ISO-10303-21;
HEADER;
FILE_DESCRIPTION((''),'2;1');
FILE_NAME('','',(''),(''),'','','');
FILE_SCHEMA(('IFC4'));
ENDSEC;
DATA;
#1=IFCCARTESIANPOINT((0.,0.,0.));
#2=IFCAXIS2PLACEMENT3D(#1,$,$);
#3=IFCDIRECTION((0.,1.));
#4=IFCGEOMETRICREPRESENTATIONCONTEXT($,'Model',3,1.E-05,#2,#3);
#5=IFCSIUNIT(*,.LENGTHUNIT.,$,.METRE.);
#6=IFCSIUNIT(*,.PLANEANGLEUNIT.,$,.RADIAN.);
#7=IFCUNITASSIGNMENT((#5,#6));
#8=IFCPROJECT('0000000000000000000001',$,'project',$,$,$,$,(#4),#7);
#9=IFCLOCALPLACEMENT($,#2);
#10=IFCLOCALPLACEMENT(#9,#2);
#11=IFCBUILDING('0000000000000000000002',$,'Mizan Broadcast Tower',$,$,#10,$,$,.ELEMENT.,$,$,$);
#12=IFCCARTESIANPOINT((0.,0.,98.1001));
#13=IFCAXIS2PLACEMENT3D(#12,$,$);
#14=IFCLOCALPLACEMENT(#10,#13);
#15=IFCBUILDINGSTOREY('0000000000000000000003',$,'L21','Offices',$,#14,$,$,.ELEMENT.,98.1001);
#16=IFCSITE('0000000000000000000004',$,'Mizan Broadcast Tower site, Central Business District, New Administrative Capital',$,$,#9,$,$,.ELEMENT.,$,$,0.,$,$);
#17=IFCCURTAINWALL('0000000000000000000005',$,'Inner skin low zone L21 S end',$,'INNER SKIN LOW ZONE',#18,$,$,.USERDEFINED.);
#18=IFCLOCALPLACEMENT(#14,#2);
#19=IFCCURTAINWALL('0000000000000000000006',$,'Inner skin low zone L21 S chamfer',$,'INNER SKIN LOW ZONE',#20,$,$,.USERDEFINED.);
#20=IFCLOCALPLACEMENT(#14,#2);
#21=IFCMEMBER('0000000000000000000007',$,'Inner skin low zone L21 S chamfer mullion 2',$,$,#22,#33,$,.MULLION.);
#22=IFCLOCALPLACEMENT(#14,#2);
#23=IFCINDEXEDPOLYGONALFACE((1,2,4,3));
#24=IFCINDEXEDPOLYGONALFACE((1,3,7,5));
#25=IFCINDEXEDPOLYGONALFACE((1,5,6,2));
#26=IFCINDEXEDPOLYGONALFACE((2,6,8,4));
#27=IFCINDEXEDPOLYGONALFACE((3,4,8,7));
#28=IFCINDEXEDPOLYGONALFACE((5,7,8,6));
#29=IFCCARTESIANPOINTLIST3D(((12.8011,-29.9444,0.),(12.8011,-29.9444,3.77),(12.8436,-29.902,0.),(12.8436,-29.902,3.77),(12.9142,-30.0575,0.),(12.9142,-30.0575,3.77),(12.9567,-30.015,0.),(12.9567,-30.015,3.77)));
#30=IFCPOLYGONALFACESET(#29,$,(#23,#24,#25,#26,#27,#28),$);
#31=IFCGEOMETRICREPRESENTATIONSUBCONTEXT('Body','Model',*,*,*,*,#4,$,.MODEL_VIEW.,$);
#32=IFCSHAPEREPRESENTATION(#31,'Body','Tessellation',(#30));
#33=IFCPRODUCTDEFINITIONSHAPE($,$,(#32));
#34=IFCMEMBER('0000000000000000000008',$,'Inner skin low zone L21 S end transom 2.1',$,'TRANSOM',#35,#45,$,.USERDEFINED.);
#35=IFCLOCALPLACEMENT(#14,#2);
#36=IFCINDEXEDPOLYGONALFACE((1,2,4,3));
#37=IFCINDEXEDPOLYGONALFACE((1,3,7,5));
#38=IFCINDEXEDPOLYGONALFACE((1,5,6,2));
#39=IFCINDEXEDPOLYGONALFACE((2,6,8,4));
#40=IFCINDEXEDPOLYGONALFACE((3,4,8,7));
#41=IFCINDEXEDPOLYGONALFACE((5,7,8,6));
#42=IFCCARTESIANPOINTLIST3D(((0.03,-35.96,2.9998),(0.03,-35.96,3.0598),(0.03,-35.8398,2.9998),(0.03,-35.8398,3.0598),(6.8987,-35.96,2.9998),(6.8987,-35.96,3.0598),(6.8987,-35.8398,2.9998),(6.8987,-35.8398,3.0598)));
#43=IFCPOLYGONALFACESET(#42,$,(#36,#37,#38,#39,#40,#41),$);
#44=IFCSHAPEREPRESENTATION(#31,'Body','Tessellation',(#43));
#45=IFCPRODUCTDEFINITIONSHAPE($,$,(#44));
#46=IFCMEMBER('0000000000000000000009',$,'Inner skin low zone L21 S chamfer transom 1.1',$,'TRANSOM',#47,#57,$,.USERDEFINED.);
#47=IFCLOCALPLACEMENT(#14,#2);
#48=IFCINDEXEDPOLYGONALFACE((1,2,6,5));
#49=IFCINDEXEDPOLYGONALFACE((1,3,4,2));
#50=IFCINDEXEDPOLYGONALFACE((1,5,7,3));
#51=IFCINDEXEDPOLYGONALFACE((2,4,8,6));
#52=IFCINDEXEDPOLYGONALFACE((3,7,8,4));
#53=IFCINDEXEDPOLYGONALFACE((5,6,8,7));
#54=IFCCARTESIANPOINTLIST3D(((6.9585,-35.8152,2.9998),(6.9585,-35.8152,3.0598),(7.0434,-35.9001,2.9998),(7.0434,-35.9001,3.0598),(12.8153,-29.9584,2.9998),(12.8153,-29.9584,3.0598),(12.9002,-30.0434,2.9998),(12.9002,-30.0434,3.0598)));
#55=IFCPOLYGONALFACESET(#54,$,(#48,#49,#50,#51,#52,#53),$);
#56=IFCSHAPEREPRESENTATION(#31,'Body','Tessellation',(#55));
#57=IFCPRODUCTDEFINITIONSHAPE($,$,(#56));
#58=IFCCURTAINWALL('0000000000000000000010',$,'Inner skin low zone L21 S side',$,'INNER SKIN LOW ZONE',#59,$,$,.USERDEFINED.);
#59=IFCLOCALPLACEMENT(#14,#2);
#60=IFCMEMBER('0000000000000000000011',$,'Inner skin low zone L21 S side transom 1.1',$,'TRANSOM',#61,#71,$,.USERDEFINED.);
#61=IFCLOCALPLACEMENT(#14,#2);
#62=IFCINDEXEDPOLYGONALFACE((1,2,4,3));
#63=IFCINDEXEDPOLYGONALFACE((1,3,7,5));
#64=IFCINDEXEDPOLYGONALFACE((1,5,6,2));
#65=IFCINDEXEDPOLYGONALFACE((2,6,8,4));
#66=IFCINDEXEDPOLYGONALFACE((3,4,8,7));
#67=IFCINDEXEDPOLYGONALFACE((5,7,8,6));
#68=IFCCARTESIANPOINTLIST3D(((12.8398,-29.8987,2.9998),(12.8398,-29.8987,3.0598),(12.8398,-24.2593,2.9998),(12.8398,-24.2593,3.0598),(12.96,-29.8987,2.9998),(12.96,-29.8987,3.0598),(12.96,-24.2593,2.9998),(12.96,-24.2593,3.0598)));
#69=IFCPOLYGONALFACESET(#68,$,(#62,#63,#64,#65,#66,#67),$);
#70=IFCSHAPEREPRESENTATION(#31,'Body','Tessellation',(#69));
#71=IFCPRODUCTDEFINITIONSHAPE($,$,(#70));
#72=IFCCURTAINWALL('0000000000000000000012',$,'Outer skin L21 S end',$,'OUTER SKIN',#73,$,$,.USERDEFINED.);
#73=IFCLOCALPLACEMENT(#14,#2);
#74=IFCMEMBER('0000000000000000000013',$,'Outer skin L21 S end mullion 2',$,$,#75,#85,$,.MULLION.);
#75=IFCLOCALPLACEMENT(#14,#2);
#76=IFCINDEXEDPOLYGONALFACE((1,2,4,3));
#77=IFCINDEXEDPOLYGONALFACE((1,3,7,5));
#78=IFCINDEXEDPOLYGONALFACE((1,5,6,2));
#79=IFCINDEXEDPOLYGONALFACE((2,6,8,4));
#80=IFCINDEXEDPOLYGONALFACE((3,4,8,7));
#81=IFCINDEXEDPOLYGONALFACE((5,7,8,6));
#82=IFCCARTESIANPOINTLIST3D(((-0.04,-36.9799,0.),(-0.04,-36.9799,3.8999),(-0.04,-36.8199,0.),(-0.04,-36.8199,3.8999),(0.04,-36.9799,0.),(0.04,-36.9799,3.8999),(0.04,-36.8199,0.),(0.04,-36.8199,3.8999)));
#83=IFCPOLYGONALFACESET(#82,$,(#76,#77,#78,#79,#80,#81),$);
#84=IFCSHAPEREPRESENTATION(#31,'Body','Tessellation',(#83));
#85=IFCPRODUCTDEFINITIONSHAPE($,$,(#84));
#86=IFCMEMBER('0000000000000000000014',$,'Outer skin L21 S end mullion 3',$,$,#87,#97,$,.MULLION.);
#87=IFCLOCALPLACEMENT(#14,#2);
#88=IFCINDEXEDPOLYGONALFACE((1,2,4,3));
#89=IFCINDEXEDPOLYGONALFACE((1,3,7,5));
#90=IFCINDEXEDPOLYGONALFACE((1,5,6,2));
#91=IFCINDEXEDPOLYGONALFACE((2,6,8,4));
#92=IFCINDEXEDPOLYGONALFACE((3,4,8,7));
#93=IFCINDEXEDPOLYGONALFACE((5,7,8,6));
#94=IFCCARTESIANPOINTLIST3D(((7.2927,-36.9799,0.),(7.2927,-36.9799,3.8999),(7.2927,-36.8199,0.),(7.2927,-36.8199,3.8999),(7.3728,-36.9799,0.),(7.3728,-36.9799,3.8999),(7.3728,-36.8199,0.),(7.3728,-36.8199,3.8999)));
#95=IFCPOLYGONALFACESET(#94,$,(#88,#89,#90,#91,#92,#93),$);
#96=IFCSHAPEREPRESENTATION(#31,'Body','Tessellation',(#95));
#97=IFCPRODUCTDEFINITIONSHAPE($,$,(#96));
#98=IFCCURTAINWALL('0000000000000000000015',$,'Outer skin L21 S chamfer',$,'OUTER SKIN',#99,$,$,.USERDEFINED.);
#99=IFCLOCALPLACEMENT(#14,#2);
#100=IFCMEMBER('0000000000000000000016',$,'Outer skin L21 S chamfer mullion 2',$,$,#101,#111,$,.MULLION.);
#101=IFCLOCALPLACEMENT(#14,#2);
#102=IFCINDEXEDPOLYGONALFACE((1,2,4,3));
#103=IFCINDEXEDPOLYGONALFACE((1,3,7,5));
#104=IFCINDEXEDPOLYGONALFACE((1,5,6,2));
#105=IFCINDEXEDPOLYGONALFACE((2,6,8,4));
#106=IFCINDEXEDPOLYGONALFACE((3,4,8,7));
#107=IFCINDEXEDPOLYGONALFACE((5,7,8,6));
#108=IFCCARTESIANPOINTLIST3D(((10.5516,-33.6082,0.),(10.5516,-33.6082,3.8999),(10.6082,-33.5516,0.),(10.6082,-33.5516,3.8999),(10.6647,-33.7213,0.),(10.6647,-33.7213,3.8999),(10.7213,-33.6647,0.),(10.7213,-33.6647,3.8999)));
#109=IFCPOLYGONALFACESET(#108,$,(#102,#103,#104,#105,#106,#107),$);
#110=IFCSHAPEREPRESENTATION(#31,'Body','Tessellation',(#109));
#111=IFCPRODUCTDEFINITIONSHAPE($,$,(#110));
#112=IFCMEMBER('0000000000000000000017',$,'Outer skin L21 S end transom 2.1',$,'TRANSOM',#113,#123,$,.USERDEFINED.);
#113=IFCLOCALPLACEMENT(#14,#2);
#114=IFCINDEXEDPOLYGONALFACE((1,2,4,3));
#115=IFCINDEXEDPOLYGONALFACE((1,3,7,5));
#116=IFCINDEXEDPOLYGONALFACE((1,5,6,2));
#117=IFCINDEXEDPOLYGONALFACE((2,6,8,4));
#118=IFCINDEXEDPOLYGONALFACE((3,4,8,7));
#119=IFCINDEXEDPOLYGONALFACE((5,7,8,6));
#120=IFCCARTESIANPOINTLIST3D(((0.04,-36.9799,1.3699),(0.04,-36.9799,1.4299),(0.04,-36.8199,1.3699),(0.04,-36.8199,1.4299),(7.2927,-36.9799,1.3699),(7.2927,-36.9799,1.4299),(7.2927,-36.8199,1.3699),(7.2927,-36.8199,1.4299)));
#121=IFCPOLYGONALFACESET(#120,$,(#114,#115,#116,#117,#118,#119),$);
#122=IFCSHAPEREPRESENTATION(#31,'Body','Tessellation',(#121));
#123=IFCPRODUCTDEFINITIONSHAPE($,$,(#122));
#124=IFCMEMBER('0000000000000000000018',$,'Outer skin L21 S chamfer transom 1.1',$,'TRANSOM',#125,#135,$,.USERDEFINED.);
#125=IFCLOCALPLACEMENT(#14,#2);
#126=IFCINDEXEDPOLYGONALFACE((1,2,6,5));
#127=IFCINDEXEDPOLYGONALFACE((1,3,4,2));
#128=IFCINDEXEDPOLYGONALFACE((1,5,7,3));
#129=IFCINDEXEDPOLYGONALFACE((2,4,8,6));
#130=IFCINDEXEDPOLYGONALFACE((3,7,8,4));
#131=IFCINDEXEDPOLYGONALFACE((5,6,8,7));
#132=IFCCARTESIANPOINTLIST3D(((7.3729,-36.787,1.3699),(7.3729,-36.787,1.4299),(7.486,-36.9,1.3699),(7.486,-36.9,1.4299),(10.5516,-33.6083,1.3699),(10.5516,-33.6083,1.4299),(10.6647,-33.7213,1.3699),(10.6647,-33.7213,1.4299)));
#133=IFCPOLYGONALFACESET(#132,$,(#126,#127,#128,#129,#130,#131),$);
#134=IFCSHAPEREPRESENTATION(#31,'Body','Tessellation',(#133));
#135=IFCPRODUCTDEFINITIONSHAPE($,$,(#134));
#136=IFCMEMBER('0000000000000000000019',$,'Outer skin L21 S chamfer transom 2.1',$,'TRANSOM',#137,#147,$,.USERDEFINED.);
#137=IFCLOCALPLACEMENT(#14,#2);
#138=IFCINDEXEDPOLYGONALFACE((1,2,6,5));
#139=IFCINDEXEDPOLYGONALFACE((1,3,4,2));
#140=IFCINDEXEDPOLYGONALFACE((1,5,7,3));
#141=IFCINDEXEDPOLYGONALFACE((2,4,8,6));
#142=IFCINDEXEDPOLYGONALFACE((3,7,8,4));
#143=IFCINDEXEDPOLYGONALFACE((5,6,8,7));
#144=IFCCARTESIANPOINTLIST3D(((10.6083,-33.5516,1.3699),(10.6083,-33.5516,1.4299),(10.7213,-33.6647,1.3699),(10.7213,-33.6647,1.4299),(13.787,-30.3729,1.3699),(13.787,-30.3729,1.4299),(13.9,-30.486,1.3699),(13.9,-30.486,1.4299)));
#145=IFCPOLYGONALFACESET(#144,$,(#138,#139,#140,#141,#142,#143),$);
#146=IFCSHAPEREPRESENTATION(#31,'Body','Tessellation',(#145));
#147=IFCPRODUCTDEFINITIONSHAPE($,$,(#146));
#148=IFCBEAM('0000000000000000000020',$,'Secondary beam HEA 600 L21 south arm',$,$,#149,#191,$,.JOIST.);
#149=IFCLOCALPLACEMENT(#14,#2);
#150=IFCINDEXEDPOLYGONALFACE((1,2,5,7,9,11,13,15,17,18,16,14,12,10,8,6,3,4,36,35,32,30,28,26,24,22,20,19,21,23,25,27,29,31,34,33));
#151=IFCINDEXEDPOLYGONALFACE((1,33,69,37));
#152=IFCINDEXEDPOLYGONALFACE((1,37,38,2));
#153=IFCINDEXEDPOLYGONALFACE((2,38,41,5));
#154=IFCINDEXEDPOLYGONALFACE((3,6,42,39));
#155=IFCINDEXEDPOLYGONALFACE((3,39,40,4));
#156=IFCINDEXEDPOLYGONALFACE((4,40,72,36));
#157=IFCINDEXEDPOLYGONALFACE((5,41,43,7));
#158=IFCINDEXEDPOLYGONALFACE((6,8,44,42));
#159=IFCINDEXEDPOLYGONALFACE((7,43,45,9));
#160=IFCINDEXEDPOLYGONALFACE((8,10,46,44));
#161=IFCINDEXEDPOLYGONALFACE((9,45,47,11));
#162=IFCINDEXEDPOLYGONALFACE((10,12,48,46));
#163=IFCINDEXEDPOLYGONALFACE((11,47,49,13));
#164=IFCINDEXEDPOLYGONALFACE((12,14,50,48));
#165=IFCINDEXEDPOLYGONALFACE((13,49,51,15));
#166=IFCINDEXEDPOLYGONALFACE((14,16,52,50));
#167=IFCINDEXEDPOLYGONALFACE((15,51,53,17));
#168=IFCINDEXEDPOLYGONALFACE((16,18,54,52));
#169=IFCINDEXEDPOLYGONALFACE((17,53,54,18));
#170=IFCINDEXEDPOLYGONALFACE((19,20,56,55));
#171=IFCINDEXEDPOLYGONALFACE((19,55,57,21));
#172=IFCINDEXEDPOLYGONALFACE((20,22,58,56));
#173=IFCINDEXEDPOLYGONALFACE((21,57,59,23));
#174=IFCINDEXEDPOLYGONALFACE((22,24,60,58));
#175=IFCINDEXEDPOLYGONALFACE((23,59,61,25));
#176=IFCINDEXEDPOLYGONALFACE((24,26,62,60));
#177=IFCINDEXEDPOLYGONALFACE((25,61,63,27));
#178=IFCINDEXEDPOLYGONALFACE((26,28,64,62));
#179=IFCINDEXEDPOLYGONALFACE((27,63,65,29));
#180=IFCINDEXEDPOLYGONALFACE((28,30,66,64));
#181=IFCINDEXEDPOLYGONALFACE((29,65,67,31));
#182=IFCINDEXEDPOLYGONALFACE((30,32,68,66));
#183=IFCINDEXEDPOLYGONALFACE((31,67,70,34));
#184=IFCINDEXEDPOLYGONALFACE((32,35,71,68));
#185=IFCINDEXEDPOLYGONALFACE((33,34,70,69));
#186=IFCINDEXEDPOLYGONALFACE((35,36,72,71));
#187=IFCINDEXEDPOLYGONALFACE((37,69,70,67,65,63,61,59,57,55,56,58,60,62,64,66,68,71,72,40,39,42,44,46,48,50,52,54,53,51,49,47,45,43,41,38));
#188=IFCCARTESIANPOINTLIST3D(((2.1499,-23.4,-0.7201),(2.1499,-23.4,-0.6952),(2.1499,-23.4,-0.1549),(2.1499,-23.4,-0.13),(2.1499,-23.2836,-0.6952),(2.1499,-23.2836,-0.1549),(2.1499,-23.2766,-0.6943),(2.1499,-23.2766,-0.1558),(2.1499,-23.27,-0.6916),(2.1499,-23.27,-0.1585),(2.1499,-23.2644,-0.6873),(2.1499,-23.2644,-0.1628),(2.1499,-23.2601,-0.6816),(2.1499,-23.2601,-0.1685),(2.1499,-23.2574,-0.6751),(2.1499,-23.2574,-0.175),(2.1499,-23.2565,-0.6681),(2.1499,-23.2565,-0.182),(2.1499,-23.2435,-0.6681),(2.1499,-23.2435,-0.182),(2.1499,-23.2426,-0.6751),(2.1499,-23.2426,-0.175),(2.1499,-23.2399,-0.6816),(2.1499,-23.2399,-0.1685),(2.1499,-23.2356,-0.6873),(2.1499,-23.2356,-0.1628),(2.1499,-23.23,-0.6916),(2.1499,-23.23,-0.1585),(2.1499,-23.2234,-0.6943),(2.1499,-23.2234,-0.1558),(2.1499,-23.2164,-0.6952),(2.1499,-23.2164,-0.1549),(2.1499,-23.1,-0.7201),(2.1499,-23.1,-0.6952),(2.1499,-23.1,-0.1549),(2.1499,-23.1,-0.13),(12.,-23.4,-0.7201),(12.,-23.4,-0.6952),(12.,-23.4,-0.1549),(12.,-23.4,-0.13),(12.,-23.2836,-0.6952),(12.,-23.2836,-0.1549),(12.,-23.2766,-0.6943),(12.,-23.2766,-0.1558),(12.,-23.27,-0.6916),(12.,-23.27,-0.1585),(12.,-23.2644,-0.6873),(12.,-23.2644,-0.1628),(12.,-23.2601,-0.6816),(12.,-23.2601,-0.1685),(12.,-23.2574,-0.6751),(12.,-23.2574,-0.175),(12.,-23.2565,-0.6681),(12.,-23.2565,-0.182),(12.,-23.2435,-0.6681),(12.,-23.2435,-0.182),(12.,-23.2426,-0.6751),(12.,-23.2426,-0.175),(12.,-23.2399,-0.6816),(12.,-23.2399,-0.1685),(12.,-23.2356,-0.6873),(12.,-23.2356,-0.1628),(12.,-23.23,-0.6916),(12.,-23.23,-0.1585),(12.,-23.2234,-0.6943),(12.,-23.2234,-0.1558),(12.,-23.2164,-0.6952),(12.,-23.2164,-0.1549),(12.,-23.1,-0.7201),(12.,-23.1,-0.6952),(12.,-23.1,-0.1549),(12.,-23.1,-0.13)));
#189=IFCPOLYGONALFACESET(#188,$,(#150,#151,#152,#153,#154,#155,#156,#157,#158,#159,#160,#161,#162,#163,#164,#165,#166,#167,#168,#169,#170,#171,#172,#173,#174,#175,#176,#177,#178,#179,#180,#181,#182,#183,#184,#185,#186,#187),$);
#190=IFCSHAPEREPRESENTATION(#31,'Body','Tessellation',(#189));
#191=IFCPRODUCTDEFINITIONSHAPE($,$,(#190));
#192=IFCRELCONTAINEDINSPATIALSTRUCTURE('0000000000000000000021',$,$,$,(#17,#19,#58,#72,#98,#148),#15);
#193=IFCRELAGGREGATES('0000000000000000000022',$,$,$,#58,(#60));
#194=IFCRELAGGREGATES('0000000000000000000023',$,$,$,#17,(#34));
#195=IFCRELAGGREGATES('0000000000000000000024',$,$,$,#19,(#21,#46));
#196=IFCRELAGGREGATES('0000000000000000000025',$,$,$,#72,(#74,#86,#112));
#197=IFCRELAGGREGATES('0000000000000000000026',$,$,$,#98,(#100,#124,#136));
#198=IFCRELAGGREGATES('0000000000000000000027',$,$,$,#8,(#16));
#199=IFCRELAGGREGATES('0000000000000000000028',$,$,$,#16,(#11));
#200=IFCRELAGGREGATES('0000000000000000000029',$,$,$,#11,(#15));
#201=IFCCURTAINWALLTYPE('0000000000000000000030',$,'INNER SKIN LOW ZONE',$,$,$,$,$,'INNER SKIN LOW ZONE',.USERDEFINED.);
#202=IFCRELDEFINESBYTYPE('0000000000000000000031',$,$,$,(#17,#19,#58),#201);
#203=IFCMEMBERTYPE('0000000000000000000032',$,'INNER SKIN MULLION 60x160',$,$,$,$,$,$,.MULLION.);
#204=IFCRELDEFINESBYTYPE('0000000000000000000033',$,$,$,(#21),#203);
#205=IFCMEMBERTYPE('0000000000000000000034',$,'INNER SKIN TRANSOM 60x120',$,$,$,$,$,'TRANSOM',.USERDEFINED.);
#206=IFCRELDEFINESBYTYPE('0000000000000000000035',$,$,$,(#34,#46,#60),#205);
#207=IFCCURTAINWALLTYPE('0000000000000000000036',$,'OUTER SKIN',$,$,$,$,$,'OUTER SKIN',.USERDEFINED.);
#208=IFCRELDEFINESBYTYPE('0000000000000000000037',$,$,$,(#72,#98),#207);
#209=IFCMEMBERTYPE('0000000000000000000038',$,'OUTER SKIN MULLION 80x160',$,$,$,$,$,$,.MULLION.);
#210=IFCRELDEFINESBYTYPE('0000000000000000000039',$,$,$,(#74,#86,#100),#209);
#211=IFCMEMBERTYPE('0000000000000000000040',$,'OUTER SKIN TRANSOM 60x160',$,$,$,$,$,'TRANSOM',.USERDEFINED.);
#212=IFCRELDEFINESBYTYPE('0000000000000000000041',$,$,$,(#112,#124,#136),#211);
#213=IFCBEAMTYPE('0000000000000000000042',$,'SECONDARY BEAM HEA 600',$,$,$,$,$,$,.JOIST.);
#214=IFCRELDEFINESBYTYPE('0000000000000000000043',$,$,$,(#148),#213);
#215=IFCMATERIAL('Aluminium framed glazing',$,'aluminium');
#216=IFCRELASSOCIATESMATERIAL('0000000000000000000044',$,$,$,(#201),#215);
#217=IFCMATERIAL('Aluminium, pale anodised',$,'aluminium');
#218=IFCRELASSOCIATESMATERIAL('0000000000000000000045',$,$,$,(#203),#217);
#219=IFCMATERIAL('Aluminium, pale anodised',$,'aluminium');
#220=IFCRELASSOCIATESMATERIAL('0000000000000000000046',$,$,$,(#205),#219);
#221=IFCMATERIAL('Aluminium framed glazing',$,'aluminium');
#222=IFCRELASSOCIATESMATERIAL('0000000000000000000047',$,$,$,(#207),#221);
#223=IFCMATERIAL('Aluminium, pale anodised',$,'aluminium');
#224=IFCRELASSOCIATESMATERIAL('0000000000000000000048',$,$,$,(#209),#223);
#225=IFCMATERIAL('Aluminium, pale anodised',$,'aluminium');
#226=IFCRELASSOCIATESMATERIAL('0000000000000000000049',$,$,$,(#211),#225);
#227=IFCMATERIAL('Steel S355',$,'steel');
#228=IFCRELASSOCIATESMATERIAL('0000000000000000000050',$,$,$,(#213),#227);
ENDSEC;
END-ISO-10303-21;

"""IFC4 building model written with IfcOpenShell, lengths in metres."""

from ifc_helpers import new_model, si_unit, direction, frame, origin, origin_2d, place, context, subcontext, project, spatial, rectangle, i_section, extrude, material, material_profile, profile_set, type_object, element, aggregate, save


model = new_model("IFC4")

# Units and contexts
model_context = context("Model", 3, precision=1e-05, world=origin(), true_north=direction((0.0, 1.0)))
body_context = subcontext(model_context, "Body", "Model", "MODEL_VIEW")
ifc_project = project(units=[si_unit("LENGTHUNIT", "METRE"), si_unit("PLANEANGLEUNIT", "RADIAN")], contexts=[model_context])

# Site, building, storey
site_placement = place(None, origin())
site = spatial("IfcSite", under=ifc_project, at=site_placement, Name="Mizan Broadcast Tower site, Central Business District, New Administrative Capital", CompositionType="ELEMENT", RefElevation=0.0)
building_placement = place(site_placement, origin())
building = spatial("IfcBuilding", under=site, at=building_placement, Name="Mizan Broadcast Tower", CompositionType="ELEMENT")
storey_placement = place(building_placement, frame((0.0, 0.0, 98.1001)))
storey = spatial("IfcBuildingStorey", under=building, at=storey_placement, Name="L21", Description="Offices", CompositionType="ELEMENT", Elevation=98.1001)

# Curtain wall
ifc_material_1 = material(Name="Aluminium framed glazing", Category="aluminium")
curtain_wall_type_1 = type_object("IfcCurtainWallType", Name="INNER SKIN LOW ZONE", ElementType="INNER SKIN LOW ZONE", PredefinedType="USERDEFINED", material=ifc_material_1)
curtain_wall_1_placement = place(storey_placement, origin())
curtain_wall_1 = element("IfcCurtainWall", 1, at=curtain_wall_1_placement, inside=storey, type_object=curtain_wall_type_1, Name="Inner skin low zone L21 S end", ObjectType="INNER SKIN LOW ZONE", PredefinedType="USERDEFINED")
ifc_material_2 = material(Name="Aluminium, pale anodised", Category="aluminium")
ifc_material_profile_1 = material_profile(ifc_material_2, rectangle(XDim=0.1599, YDim=0.0601, at=origin_2d()), Name="MULLION 160x60")
ifc_profile_set_1 = profile_set([ifc_material_profile_1], Name="Aluminium, pale anodised")
member_type_1 = type_object("IfcMemberType", Name="INNER SKIN MULLION 60x160", PredefinedType="MULLION", material=ifc_profile_set_1)

# Curtain wall, member
curtain_wall_2_placement = place(storey_placement, origin())
curtain_wall_2 = element("IfcCurtainWall", 2, at=curtain_wall_2_placement, inside=storey, type_object=curtain_wall_type_1, Name="Inner skin low zone L21 S chamfer", ObjectType="INNER SKIN LOW ZONE", PredefinedType="USERDEFINED")
member_1_placement = place(storey_placement, frame((12.8789, -29.9797, 0.0), z_axis=(0.0, 0.0, 1.0), x_axis=(-0.707107, 0.707107, 0.0)))
member_1 = element("IfcMember", 3, at=member_1_placement, type_object=member_type_1, Name="Inner skin low zone L21 S chamfer mullion 2", PredefinedType="MULLION", context=body_context, shape_type="SweptSolid", body=[
    extrude(rectangle(XDim=0.1599, YDim=0.0601, at=origin_2d()), origin(), (0.0, 0.0, 1.0), 3.77),
])

# Members
ifc_material_3 = material(Name="Aluminium, pale anodised", Category="aluminium")
ifc_material_profile_2 = material_profile(ifc_material_3, rectangle(XDim=0.1201, YDim=0.0601, at=origin_2d()), Name="TRANSOM 120x60")
ifc_profile_set_2 = profile_set([ifc_material_profile_2], Name="Aluminium, pale anodised")
member_type_2 = type_object("IfcMemberType", Name="INNER SKIN TRANSOM 60x120", ElementType="TRANSOM", PredefinedType="USERDEFINED", material=ifc_profile_set_2)
member_2_placement = place(storey_placement, frame((0.03, -35.8999, 3.0298), z_axis=(1.0, 0.0, 0.0), x_axis=(0.0, 1.0, 0.0)))
member_2 = element("IfcMember", 4, at=member_2_placement, type_object=member_type_2, Name="Inner skin low zone L21 S end transom 2.1", ObjectType="TRANSOM", PredefinedType="USERDEFINED", context=body_context, shape_type="SweptSolid", body=[
    extrude(rectangle(XDim=0.1201, YDim=0.0601, at=origin_2d()), origin(), (0.0, 0.0, 1.0), 6.8687),
])
member_3_placement = place(storey_placement, frame((7.001, -35.8577, 3.0298), z_axis=(0.707107, 0.707107, 0.0), x_axis=(-0.707107, 0.707107, 0.0)))
member_3 = element("IfcMember", 5, at=member_3_placement, type_object=member_type_2, Name="Inner skin low zone L21 S chamfer transom 1.1", ObjectType="TRANSOM", PredefinedType="USERDEFINED", context=body_context, shape_type="SweptSolid", body=[
    extrude(rectangle(XDim=0.1201, YDim=0.0601, at=origin_2d()), origin(), (0.0, 0.0, 1.0), 8.2827),
])

# Curtain wall, member
curtain_wall_3_placement = place(storey_placement, origin())
curtain_wall_3 = element("IfcCurtainWall", 6, at=curtain_wall_3_placement, inside=storey, type_object=curtain_wall_type_1, Name="Inner skin low zone L21 S side", ObjectType="INNER SKIN LOW ZONE", PredefinedType="USERDEFINED")
member_4_placement = place(storey_placement, frame((12.8999, -29.8987, 3.0298), z_axis=(0.0, 1.0, 0.0), x_axis=(-1.0, 0.0, 0.0)))
member_4 = element("IfcMember", 7, at=member_4_placement, type_object=member_type_2, Name="Inner skin low zone L21 S side transom 1.1", ObjectType="TRANSOM", PredefinedType="USERDEFINED", context=body_context, shape_type="SweptSolid", body=[
    extrude(rectangle(XDim=0.1201, YDim=0.0601, at=origin_2d()), origin(), (0.0, 0.0, 1.0), 5.6394),
])

# Curtain wall, members
ifc_material_4 = material(Name="Aluminium framed glazing", Category="aluminium")
curtain_wall_type_2 = type_object("IfcCurtainWallType", Name="OUTER SKIN", ElementType="OUTER SKIN", PredefinedType="USERDEFINED", material=ifc_material_4)
curtain_wall_4_placement = place(storey_placement, origin())
curtain_wall_4 = element("IfcCurtainWall", 8, at=curtain_wall_4_placement, inside=storey, type_object=curtain_wall_type_2, Name="Outer skin L21 S end", ObjectType="OUTER SKIN", PredefinedType="USERDEFINED")
ifc_material_5 = material(Name="Aluminium, pale anodised", Category="aluminium")
ifc_material_profile_3 = material_profile(ifc_material_5, rectangle(XDim=0.1599, YDim=0.0801, at=origin_2d()), Name="MULLION 160x80")
ifc_profile_set_3 = profile_set([ifc_material_profile_3], Name="Aluminium, pale anodised")
member_type_3 = type_object("IfcMemberType", Name="OUTER SKIN MULLION 80x160", PredefinedType="MULLION", material=ifc_profile_set_3)
member_5_placement = place(storey_placement, frame((0.0, -36.8999, 0.0), z_axis=(0.0, 0.0, 1.0), x_axis=(0.0, 1.0, 0.0)))
member_5 = element("IfcMember", 9, at=member_5_placement, type_object=member_type_3, Name="Outer skin L21 S end mullion 2", PredefinedType="MULLION", context=body_context, shape_type="SweptSolid", body=[
    extrude(rectangle(XDim=0.1599, YDim=0.0801, at=origin_2d()), origin(), (0.0, 0.0, 1.0), 3.8999),
])
member_6_placement = place(storey_placement, frame((7.3328, -36.8999, 0.0), z_axis=(0.0, 0.0, 1.0), x_axis=(0.0, 1.0, 0.0)))
member_6 = element("IfcMember", 10, at=member_6_placement, type_object=member_type_3, Name="Outer skin L21 S end mullion 3", PredefinedType="MULLION", context=body_context, shape_type="SweptSolid", body=[
    extrude(rectangle(XDim=0.1599, YDim=0.0801, at=origin_2d()), origin(), (0.0, 0.0, 1.0), 3.8999),
])

# Curtain wall, member
curtain_wall_5_placement = place(storey_placement, origin())
curtain_wall_5 = element("IfcCurtainWall", 11, at=curtain_wall_5_placement, inside=storey, type_object=curtain_wall_type_2, Name="Outer skin L21 S chamfer", ObjectType="OUTER SKIN", PredefinedType="USERDEFINED")
member_7_placement = place(storey_placement, frame((10.6365, -33.6365, 0.0), z_axis=(0.0, 0.0, 1.0), x_axis=(-0.707107, 0.707107, 0.0)))
member_7 = element("IfcMember", 12, at=member_7_placement, type_object=member_type_3, Name="Outer skin L21 S chamfer mullion 2", PredefinedType="MULLION", context=body_context, shape_type="SweptSolid", body=[
    extrude(rectangle(XDim=0.1599, YDim=0.0801, at=origin_2d()), origin(), (0.0, 0.0, 1.0), 3.8999),
])

# Members
ifc_material_6 = material(Name="Aluminium, pale anodised", Category="aluminium")
ifc_material_profile_4 = material_profile(ifc_material_6, rectangle(XDim=0.1599, YDim=0.0601, at=origin_2d()), Name="TRANSOM 160x60")
ifc_profile_set_4 = profile_set([ifc_material_profile_4], Name="Aluminium, pale anodised")
member_type_4 = type_object("IfcMemberType", Name="OUTER SKIN TRANSOM 60x160", ElementType="TRANSOM", PredefinedType="USERDEFINED", material=ifc_profile_set_4)
member_8_placement = place(storey_placement, frame((0.04, -36.8999, 1.3999), z_axis=(1.0, 0.0, 0.0), x_axis=(0.0, 1.0, 0.0)))
member_8 = element("IfcMember", 13, at=member_8_placement, type_object=member_type_4, Name="Outer skin L21 S end transom 2.1", ObjectType="TRANSOM", PredefinedType="USERDEFINED", context=body_context, shape_type="SweptSolid", body=[
    extrude(rectangle(XDim=0.1599, YDim=0.0601, at=origin_2d()), origin(), (0.0, 0.0, 1.0), 7.2527),
])
member_9_placement = place(storey_placement, frame((7.4294, -36.8435, 1.3999), z_axis=(0.707107, 0.707107, 0.0), x_axis=(-0.707107, 0.707107, 0.0)))
member_9 = element("IfcMember", 14, at=member_9_placement, type_object=member_type_4, Name="Outer skin L21 S chamfer transom 1.1", ObjectType="TRANSOM", PredefinedType="USERDEFINED", context=body_context, shape_type="SweptSolid", body=[
    extrude(rectangle(XDim=0.1599, YDim=0.0601, at=origin_2d()), origin(), (0.0, 0.0, 1.0), 4.4954),
])
member_10_placement = place(storey_placement, frame((10.6648, -33.6082, 1.3999), z_axis=(0.707107, 0.707107, 0.0), x_axis=(-0.707107, 0.707107, 0.0)))
member_10 = element("IfcMember", 15, at=member_10_placement, type_object=member_type_4, Name="Outer skin L21 S chamfer transom 2.1", ObjectType="TRANSOM", PredefinedType="USERDEFINED", context=body_context, shape_type="SweptSolid", body=[
    extrude(rectangle(XDim=0.1599, YDim=0.0601, at=origin_2d()), origin(), (0.0, 0.0, 1.0), 4.4954),
])

# Beam
ifc_material_7 = material(Name="Steel S355", Category="steel")
ifc_material_profile_5 = material_profile(ifc_material_7, i_section(OverallWidth=0.3, OverallDepth=0.5901, WebThickness=0.0129, FlangeThickness=0.0249, FilletRadius=0.0271, at=origin_2d()), Name="HEA 600")
ifc_profile_set_5 = profile_set([ifc_material_profile_5], Name="Steel S355")
beam_type_1 = type_object("IfcBeamType", Name="SECONDARY BEAM HEA 600", PredefinedType="JOIST", material=ifc_profile_set_5)
beam_1_placement = place(storey_placement, frame((12.0, -23.25, -0.425), z_axis=(-1.0, 0.0, 0.0), x_axis=(0.0, -1.0, 0.0)))
element("IfcBeam", 16, at=beam_1_placement, inside=storey, type_object=beam_type_1, Name="Secondary beam HEA 600 L21 south arm", PredefinedType="JOIST", context=body_context, shape_type="SweptSolid", body=[
    extrude(i_section(OverallWidth=0.3, OverallDepth=0.5901, WebThickness=0.0129, FlangeThickness=0.0249, FilletRadius=0.0271, at=origin_2d()), origin(), (0.0, 0.0, 1.0), 9.8501),
])

aggregate(curtain_wall_3, [member_4])
aggregate(curtain_wall_1, [member_2])
aggregate(curtain_wall_2, [member_1, member_3])
aggregate(curtain_wall_4, [member_5, member_6, member_8])
aggregate(curtain_wall_5, [member_7, member_9, member_10])

save(model, "model.ifc")
